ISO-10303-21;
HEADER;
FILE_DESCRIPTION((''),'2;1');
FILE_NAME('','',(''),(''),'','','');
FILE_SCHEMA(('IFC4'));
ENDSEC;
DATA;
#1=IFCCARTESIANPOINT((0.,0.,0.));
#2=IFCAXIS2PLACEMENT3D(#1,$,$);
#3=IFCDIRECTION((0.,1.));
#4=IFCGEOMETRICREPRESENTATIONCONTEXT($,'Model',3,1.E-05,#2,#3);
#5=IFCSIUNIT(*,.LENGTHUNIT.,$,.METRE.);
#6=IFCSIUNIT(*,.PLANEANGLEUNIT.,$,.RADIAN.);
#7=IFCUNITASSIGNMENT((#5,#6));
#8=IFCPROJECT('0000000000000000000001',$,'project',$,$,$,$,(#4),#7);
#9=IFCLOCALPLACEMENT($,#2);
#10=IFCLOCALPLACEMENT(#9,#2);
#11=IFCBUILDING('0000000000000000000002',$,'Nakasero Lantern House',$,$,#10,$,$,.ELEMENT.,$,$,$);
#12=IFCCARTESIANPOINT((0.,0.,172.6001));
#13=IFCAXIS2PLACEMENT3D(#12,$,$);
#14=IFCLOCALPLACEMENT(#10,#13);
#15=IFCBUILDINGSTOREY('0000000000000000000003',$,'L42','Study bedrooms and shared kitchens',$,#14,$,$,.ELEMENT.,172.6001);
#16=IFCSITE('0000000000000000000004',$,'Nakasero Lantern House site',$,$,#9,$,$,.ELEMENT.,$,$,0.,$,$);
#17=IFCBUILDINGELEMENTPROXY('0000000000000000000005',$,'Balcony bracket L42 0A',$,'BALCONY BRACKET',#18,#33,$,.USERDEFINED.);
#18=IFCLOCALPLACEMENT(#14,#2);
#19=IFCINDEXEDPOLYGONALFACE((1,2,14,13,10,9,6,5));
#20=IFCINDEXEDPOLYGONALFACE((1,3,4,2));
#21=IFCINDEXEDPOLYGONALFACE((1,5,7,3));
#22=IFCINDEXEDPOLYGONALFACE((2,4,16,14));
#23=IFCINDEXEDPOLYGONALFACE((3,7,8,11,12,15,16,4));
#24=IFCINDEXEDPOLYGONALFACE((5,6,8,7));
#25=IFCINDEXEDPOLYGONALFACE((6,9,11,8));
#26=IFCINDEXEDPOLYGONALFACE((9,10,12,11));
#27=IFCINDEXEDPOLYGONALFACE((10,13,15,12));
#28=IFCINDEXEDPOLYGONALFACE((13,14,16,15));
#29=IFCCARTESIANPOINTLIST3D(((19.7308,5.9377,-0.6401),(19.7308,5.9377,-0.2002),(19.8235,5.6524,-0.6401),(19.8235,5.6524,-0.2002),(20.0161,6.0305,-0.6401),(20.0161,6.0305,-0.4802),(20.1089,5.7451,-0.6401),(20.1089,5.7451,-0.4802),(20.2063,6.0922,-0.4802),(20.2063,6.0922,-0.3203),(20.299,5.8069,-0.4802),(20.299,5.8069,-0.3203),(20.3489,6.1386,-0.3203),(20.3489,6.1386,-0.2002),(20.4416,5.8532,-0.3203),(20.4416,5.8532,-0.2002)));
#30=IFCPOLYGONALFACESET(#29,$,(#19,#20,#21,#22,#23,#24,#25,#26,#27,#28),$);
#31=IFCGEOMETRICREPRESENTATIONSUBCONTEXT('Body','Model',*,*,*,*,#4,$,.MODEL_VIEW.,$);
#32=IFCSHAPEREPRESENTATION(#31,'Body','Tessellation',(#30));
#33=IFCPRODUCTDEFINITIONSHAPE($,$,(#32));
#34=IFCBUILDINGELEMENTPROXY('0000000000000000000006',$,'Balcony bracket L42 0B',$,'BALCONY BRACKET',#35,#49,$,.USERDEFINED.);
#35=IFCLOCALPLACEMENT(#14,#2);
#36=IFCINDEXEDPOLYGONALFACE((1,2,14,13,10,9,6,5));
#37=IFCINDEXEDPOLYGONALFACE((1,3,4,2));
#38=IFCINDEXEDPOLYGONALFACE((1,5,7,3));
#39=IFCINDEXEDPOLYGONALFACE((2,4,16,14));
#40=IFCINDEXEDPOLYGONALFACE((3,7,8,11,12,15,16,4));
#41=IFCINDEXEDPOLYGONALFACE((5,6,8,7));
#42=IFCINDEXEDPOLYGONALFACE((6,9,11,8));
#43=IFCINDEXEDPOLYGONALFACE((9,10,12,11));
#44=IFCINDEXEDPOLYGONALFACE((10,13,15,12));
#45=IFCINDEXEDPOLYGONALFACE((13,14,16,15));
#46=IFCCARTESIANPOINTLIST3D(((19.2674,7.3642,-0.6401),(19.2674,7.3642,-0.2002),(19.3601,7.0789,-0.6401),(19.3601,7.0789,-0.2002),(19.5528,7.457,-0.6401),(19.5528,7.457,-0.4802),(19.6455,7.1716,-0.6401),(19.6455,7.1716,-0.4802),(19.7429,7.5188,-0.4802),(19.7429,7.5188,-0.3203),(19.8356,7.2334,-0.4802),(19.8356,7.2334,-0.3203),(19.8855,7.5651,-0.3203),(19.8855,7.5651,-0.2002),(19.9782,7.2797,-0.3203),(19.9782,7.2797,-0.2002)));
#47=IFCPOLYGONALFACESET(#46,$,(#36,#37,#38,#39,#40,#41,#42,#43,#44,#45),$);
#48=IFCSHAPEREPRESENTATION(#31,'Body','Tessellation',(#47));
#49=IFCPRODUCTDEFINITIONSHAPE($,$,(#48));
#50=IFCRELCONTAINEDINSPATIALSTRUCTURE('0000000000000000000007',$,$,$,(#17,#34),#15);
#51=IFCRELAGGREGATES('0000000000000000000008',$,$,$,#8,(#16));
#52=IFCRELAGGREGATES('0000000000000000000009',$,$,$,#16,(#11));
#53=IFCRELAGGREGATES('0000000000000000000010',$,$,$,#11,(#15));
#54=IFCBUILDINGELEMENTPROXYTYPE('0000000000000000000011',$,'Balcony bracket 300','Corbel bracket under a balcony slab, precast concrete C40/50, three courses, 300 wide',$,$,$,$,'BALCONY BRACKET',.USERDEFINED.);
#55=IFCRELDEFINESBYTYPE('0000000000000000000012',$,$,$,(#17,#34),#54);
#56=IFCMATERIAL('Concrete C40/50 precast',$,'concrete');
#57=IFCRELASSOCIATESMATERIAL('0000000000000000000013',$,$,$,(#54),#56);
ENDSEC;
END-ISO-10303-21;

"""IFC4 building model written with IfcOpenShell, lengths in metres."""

from ifc_helpers import new_model, si_unit, direction, frame, origin, place, context, subcontext, project, spatial, polyline, outline, extrude, material, type_object, element, save


model = new_model("IFC4")

# Units and contexts
model_context = context("Model", 3, precision=1e-05, world=origin(), true_north=direction((0.0, 1.0)))
body_context = subcontext(model_context, "Body", "Model", "MODEL_VIEW")
ifc_project = project(units=[si_unit("LENGTHUNIT", "METRE"), si_unit("PLANEANGLEUNIT", "RADIAN")], contexts=[model_context])

# Site, building, storey
site_placement = place(None, origin())
site = spatial("IfcSite", under=ifc_project, at=site_placement, Name="Nakasero Lantern House site", CompositionType="ELEMENT", RefElevation=0.0)
building_placement = place(site_placement, origin())
building = spatial("IfcBuilding", under=site, at=building_placement, Name="Nakasero Lantern House", CompositionType="ELEMENT")
storey_placement = place(building_placement, frame((0.0, 0.0, 172.6001)))
storey = spatial("IfcBuildingStorey", under=building, at=storey_placement, Name="L42", Description="Study bedrooms and shared kitchens", CompositionType="ELEMENT", Elevation=172.6001)

# Building element proxies
ifc_material_1 = material(Name="Concrete C40/50 precast", Category="concrete")
building_element_proxy_type = type_object("IfcBuildingElementProxyType", Name="Balcony bracket 300", Description="Corbel bracket under a balcony slab, precast concrete C40/50, three courses, 300 wide", ElementType="BALCONY BRACKET", PredefinedType="USERDEFINED", material=ifc_material_1)
for number, where, z_axis, x_axis, name in (
    (1, (19.7771, 5.7952, -0.2002), (0.0, 0.0, 1.0), (0.951057, 0.309017, 0.0), "Balcony bracket L42 0A"),
    (2, (19.3137, 7.2217, -0.2002), (0.0, 0.0, 1.0), (0.951057, 0.309017, 0.0), "Balcony bracket L42 0B"),
):
    element("IfcBuildingElementProxy", number, at=place(storey_placement, frame(where, z_axis=z_axis, x_axis=x_axis)), inside=storey, type_object=building_element_proxy_type, Name=name, ObjectType="BALCONY BRACKET", PredefinedType="USERDEFINED", context=body_context, shape_type="SweptSolid", body=[
        extrude(outline(polyline([(0.0, 0.0), (0.6499, 0.0), (0.6499, -0.1201), (0.5, -0.1201), (0.5, -0.28), (0.3, -0.28), (0.3, -0.4399), (0.0, -0.4399), (0.0, 0.0)])), frame((0.0, 0.1499, 0.0), z_axis=(0.0, -1.0, 0.0), x_axis=(1.0, 0.0, 0.0)), (0.0, 0.0, 1.0), 0.3),
    ])

save(model, "model.ifc")
